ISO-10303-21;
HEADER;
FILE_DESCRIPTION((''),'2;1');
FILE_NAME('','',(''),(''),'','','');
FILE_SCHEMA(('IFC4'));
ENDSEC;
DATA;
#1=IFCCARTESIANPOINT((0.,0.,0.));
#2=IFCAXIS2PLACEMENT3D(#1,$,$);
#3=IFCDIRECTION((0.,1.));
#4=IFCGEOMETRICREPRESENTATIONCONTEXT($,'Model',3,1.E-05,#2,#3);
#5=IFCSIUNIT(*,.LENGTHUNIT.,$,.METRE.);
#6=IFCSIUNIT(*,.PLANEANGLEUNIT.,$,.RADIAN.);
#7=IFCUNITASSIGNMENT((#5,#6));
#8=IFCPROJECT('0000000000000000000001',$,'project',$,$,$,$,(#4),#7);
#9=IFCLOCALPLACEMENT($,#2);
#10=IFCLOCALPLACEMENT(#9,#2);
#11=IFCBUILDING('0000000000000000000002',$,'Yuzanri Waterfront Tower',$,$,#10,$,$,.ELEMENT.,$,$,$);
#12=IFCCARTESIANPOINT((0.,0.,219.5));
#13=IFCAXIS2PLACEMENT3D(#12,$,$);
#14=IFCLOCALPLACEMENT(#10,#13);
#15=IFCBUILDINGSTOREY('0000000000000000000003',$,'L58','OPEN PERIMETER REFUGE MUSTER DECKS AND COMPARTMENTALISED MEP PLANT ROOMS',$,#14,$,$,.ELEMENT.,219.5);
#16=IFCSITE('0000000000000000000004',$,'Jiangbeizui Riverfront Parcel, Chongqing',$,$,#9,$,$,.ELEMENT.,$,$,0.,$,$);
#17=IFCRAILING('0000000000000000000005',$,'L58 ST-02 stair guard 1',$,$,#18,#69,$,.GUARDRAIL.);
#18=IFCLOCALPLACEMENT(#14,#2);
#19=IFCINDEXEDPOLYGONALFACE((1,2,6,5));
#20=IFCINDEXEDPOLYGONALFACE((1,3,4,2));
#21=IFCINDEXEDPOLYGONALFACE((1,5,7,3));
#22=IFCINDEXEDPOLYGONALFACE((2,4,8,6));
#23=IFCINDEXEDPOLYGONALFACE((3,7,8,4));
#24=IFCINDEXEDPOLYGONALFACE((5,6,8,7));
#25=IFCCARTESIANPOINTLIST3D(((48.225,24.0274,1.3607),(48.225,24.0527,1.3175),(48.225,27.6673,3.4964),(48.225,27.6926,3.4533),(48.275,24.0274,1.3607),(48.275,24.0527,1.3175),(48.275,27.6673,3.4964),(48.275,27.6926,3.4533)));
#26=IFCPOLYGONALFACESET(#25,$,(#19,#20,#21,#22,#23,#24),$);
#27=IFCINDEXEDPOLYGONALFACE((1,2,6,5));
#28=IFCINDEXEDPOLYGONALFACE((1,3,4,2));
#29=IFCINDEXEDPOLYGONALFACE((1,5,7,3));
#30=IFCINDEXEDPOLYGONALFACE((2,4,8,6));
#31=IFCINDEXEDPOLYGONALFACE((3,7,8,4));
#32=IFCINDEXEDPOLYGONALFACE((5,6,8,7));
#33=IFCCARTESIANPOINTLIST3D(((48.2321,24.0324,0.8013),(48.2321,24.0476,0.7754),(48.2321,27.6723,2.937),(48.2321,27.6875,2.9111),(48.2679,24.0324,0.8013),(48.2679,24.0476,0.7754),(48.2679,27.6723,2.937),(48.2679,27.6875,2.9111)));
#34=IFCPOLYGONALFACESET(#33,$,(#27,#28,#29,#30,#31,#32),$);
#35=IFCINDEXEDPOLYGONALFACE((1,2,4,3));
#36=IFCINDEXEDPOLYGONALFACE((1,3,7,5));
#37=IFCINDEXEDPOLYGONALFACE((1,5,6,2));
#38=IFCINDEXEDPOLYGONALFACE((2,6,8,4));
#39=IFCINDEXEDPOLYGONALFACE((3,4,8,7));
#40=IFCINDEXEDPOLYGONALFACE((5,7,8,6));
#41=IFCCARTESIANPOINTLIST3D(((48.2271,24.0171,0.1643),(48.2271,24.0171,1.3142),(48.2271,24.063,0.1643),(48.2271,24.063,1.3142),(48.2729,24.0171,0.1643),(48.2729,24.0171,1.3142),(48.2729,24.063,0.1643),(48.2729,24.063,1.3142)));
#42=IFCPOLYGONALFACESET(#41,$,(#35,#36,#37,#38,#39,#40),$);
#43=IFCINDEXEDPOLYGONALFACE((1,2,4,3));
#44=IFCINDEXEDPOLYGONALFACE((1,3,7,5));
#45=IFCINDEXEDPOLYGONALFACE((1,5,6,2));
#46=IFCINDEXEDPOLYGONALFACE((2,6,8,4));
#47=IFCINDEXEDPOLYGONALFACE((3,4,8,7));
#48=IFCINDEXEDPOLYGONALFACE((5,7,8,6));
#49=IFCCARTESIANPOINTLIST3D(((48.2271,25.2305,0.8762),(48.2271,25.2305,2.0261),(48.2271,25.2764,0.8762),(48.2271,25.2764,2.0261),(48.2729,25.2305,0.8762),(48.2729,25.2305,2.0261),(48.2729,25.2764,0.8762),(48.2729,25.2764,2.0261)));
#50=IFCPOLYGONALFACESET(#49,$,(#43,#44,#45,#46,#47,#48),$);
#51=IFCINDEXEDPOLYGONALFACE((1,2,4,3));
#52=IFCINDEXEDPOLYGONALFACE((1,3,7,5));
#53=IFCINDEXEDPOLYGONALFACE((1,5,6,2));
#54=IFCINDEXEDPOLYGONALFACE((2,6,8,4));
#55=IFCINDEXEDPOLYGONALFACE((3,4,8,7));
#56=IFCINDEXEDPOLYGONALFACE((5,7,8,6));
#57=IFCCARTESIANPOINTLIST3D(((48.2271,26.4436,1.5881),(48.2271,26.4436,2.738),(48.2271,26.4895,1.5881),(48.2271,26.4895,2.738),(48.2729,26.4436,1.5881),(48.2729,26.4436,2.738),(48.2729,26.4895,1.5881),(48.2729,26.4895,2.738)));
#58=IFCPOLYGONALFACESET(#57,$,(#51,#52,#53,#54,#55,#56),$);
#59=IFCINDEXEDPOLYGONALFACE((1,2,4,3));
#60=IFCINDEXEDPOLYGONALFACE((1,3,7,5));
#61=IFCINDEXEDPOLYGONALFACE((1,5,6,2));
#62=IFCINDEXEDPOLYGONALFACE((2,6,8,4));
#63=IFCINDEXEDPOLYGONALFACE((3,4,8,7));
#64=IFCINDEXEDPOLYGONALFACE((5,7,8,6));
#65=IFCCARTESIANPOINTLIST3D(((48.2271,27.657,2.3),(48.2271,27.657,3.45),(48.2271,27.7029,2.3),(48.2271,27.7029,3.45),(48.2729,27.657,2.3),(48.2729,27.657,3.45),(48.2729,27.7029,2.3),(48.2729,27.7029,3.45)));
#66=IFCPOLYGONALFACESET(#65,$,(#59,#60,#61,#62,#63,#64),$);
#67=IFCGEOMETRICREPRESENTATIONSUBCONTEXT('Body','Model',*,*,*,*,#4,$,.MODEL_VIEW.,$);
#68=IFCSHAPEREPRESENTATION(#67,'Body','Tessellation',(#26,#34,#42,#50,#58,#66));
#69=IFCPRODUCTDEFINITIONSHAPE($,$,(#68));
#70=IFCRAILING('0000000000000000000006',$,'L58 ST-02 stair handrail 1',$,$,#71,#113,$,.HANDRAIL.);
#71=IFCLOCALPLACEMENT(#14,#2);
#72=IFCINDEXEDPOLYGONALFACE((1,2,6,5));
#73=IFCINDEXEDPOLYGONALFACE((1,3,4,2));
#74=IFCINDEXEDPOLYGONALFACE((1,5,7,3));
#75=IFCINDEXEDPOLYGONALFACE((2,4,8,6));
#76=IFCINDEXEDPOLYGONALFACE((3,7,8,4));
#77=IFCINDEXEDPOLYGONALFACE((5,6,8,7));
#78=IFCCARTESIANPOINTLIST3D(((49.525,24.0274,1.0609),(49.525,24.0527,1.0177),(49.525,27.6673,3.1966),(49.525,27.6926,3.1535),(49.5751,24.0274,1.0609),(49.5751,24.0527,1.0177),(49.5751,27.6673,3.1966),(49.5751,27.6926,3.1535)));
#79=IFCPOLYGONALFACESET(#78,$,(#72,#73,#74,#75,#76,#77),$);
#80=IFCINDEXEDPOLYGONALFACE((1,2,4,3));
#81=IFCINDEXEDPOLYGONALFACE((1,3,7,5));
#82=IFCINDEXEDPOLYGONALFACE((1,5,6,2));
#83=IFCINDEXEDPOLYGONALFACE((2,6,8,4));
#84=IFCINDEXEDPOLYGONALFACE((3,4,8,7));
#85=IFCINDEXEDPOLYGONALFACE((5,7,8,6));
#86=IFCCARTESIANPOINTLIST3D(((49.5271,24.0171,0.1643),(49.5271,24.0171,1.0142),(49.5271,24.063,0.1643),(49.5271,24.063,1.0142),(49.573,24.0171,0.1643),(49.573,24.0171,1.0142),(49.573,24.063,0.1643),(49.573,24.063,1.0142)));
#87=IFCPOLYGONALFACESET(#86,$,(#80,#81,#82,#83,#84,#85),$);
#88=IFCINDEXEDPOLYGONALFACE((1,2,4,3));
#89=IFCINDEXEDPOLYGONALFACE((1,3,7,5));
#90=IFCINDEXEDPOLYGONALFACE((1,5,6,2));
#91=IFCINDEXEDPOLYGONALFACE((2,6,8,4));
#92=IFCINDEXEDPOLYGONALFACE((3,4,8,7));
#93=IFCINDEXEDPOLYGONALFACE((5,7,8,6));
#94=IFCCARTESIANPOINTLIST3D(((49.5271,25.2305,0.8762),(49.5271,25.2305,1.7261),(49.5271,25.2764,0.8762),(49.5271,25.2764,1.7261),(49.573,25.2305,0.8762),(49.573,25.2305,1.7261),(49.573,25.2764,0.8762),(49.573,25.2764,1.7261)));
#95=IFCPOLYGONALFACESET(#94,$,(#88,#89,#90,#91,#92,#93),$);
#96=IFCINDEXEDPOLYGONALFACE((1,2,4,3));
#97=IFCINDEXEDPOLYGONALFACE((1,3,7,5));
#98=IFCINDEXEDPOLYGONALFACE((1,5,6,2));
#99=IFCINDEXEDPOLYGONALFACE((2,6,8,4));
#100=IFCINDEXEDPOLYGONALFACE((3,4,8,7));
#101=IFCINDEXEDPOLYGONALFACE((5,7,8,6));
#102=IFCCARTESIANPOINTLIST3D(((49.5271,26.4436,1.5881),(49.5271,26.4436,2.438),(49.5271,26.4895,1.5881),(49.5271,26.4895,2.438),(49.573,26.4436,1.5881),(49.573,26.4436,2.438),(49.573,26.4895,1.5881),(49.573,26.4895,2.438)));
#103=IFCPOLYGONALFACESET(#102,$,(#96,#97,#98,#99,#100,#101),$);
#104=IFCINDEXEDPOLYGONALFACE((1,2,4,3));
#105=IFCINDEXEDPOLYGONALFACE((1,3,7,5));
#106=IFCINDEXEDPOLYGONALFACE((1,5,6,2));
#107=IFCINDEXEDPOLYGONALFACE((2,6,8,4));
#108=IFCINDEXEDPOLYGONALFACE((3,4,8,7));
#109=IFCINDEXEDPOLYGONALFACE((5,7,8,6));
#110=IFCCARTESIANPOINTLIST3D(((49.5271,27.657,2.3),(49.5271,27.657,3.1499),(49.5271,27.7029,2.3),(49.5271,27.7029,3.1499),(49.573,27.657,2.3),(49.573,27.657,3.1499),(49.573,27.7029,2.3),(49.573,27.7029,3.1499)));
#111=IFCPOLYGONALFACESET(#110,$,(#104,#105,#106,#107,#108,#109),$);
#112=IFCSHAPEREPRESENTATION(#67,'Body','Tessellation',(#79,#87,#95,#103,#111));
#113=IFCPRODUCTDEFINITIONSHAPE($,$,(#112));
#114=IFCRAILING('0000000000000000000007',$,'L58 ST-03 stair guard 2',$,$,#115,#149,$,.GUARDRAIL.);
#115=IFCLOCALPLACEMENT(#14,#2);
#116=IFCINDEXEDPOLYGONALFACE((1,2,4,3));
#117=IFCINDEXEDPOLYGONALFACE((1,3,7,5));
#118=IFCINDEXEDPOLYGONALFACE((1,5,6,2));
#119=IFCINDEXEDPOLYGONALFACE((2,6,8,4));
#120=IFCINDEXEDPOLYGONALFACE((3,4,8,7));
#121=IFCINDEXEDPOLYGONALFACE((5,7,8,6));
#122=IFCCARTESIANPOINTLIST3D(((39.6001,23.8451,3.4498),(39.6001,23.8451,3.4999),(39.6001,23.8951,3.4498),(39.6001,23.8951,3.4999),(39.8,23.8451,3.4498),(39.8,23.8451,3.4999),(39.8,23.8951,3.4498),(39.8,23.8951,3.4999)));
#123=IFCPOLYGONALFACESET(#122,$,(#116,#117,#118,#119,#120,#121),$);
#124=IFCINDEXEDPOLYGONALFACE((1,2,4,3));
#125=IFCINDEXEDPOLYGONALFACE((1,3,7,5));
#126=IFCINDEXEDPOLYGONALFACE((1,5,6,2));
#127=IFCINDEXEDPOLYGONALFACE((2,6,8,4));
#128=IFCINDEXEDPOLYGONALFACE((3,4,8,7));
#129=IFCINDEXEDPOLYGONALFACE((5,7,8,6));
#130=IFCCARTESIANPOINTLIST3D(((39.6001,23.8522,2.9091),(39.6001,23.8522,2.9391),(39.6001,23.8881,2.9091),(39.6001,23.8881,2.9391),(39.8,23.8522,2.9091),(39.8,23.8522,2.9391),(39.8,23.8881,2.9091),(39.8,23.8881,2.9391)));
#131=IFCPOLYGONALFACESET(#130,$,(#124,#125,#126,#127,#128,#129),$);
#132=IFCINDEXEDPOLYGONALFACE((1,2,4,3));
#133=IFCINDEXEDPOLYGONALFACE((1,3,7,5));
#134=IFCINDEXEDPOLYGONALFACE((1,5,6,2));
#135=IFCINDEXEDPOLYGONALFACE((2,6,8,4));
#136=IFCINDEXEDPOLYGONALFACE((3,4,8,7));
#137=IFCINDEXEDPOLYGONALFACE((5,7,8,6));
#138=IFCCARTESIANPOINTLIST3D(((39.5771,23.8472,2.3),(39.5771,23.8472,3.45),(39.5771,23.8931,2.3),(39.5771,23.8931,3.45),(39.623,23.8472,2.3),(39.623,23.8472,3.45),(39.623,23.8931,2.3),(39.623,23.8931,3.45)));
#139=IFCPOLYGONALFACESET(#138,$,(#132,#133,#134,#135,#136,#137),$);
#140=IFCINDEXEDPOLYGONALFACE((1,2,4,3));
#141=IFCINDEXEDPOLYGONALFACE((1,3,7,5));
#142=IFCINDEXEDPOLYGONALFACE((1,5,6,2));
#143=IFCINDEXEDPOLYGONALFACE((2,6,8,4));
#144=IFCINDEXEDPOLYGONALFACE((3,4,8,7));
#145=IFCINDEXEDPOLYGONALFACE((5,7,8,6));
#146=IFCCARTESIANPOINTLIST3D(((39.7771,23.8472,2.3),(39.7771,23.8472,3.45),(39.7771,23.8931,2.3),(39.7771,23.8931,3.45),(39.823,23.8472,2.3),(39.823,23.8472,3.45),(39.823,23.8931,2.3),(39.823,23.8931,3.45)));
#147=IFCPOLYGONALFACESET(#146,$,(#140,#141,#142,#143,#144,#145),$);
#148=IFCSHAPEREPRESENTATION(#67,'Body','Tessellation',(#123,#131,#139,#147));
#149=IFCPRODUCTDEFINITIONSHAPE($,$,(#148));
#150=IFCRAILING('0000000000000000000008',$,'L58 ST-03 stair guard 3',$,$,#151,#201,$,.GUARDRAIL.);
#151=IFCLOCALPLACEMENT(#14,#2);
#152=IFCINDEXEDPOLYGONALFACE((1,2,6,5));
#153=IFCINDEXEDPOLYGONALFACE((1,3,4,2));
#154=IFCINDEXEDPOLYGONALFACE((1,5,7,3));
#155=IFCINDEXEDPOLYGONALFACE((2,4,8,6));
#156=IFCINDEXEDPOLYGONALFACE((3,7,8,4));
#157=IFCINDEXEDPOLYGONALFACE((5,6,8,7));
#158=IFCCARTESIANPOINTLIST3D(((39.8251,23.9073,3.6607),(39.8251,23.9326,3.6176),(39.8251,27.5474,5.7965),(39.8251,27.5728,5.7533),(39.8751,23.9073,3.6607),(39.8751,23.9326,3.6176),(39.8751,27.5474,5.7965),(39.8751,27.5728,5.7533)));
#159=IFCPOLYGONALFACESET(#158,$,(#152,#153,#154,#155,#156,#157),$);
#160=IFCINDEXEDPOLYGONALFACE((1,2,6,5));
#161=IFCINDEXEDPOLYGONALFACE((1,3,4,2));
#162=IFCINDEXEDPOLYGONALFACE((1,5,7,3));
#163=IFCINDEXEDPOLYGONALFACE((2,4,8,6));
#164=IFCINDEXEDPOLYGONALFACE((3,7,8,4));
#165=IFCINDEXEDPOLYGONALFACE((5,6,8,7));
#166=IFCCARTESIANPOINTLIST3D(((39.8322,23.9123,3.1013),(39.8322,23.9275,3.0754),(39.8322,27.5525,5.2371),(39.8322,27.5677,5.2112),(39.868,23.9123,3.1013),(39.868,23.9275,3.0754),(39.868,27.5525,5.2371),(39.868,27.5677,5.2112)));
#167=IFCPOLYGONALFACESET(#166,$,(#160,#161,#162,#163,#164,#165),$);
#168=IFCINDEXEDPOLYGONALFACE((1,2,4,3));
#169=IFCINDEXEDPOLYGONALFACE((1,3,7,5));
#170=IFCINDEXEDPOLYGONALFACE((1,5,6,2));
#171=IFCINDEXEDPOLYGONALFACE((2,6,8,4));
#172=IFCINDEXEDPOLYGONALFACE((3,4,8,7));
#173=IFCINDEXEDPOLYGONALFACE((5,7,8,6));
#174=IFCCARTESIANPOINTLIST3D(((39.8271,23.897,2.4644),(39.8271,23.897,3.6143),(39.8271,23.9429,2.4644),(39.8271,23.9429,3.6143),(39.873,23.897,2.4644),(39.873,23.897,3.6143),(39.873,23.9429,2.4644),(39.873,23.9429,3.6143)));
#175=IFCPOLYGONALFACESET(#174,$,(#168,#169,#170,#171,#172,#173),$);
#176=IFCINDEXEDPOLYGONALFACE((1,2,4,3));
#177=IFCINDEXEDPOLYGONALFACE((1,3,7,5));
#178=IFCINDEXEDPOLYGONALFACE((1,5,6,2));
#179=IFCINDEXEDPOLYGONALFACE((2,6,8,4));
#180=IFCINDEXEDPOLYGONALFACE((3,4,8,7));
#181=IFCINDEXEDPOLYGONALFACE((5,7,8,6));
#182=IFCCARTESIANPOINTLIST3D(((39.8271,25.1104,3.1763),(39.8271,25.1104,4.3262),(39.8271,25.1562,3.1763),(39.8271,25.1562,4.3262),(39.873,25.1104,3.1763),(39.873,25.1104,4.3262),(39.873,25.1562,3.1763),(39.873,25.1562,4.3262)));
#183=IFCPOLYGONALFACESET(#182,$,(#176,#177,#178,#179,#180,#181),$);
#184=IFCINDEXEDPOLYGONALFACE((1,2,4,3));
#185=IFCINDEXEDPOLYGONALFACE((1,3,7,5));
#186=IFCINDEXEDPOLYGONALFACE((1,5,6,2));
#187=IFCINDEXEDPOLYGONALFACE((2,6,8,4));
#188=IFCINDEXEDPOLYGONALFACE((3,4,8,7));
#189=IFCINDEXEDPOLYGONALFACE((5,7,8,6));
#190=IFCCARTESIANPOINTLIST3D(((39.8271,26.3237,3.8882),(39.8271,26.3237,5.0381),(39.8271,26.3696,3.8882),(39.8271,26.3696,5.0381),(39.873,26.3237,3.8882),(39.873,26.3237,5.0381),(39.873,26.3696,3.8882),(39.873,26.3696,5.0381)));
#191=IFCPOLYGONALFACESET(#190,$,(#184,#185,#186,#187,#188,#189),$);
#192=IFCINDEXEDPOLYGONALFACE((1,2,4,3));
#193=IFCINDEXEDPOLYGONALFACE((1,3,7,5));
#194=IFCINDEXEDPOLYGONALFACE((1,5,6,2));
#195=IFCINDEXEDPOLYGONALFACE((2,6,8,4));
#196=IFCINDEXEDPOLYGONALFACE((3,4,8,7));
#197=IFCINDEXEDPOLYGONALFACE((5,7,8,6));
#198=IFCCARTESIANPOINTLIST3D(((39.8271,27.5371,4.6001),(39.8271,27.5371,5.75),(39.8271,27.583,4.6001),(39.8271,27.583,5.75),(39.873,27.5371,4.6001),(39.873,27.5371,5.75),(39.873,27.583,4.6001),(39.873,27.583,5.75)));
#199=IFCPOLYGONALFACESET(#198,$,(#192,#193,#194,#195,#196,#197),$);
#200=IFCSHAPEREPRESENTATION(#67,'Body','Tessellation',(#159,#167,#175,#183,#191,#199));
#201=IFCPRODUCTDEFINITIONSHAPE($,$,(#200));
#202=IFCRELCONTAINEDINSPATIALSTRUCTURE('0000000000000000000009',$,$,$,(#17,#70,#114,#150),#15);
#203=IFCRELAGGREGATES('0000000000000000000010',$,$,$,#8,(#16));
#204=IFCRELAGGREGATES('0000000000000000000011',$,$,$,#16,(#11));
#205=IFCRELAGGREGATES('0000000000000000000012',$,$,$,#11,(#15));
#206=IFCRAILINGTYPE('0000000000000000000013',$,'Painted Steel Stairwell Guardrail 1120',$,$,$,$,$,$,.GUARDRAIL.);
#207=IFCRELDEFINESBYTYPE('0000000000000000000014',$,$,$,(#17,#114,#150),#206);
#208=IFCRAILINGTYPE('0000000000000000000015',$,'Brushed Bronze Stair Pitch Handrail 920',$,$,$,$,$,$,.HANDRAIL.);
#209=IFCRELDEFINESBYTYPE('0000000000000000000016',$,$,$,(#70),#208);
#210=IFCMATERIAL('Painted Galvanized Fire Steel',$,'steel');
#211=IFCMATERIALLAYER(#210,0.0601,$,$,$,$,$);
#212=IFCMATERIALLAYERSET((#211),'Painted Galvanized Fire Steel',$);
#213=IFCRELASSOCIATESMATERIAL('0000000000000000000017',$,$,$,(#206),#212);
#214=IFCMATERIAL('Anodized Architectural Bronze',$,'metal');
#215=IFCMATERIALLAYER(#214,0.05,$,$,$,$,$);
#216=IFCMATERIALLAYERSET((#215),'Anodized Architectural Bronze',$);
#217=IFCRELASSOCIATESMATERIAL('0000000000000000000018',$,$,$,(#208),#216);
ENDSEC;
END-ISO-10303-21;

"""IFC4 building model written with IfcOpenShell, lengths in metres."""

from ifc_helpers import new_model, si_unit, direction, frame, origin, origin_2d, place, context, subcontext, project, spatial, rectangle, extrude, source, transform, mapped, material, layer, layer_set, type_object, element, save


model = new_model("IFC4")

# Units and contexts
model_context = context("Model", 3, precision=1e-05, world=origin(), true_north=direction((0.0, 1.0)))
body_context = subcontext(model_context, "Body", "Model", "MODEL_VIEW")
ifc_project = project(units=[si_unit("LENGTHUNIT", "METRE"), si_unit("PLANEANGLEUNIT", "RADIAN")], contexts=[model_context])

# Site, building, storey
site_placement = place(None, origin())
site = spatial("IfcSite", under=ifc_project, at=site_placement, Name="Jiangbeizui Riverfront Parcel, Chongqing", CompositionType="ELEMENT", RefElevation=0.0)
building_placement = place(site_placement, origin())
building = spatial("IfcBuilding", under=site, at=building_placement, Name="Yuzanri Waterfront Tower", CompositionType="ELEMENT")
storey_placement = place(building_placement, frame((0.0, 0.0, 219.5)))
storey = spatial("IfcBuildingStorey", under=building, at=storey_placement, Name="L58", Description="OPEN PERIMETER REFUGE MUSTER DECKS AND COMPARTMENTALISED MEP PLANT ROOMS", CompositionType="ELEMENT", Elevation=219.5)

# Railings
ifc_material_1 = material(Name="Painted Galvanized Fire Steel", Category="steel")
ifc_layer_1 = layer(ifc_material_1, 0.0601)
ifc_layer_set_1 = layer_set([ifc_layer_1], Name="Painted Galvanized Fire Steel")
railing_type_1 = type_object("IfcRailingType", Name="Painted Steel Stairwell Guardrail 1120", PredefinedType="GUARDRAIL", material=ifc_layer_set_1)
shared_shape_1 = source(origin(), body_context, "Body", "SweptSolid", [
    extrude(rectangle(XDim=0.05, YDim=0.05, at=origin_2d()), frame((0.0, 0.0, 1.1748), z_axis=(0.0, 0.86249, 0.506074), x_axis=(-1.0, 0.0, 0.0)), (0.0, 0.0, 1.0), 4.2202),
    extrude(rectangle(XDim=0.0359, YDim=0.03, at=origin_2d()), frame((0.0, 0.0, 0.624), z_axis=(0.0, 0.86249, 0.506074), x_axis=(-1.0, 0.0, 0.0)), (0.0, 0.0, 1.0), 4.2202),
    extrude(rectangle(XDim=0.0459, YDim=0.0459, at=origin_2d()), origin(), (0.0, 0.0, 1.0), 1.1499),
    extrude(rectangle(XDim=0.0459, YDim=0.0459, at=origin_2d()), frame((0.0, 1.2134, 0.7119)), (0.0, 0.0, 1.0), 1.1499),
    extrude(rectangle(XDim=0.0459, YDim=0.0459, at=origin_2d()), frame((0.0, 2.4265, 1.4238)), (0.0, 0.0, 1.0), 1.1499),
    extrude(rectangle(XDim=0.0459, YDim=0.0459, at=origin_2d()), frame((0.0, 3.6399, 2.1357)), (0.0, 0.0, 1.0), 1.1499),
])
railing_1_placement = place(storey_placement, frame((48.25, 24.04, 0.1643)))
element("IfcRailing", 1, at=railing_1_placement, inside=storey, type_object=railing_type_1, Name="L58 ST-02 stair guard 1", PredefinedType="GUARDRAIL", context=body_context, shape_type="MappedRepresentation", body=[
    mapped(shared_shape_1, transform((0.0, 0.0, 0.0), scale=1.0)),
])
ifc_material_2 = material(Name="Anodized Architectural Bronze", Category="metal")
ifc_layer_2 = layer(ifc_material_2, 0.05)
ifc_layer_set_2 = layer_set([ifc_layer_2], Name="Anodized Architectural Bronze")
railing_type_2 = type_object("IfcRailingType", Name="Brushed Bronze Stair Pitch Handrail 920", PredefinedType="HANDRAIL", material=ifc_layer_set_2)
shared_shape_2 = source(origin(), body_context, "Body", "SweptSolid", [
    extrude(rectangle(XDim=0.05, YDim=0.05, at=origin_2d()), frame((0.0, 0.0, 0.875), z_axis=(0.0, 0.86249, 0.506074), x_axis=(-1.0, 0.0, 0.0)), (0.0, 0.0, 1.0), 4.2202),
    extrude(rectangle(XDim=0.0459, YDim=0.0459, at=origin_2d()), origin(), (0.0, 0.0, 1.0), 0.8499),
    extrude(rectangle(XDim=0.0459, YDim=0.0459, at=origin_2d()), frame((0.0, 1.2134, 0.7119)), (0.0, 0.0, 1.0), 0.8499),
    extrude(rectangle(XDim=0.0459, YDim=0.0459, at=origin_2d()), frame((0.0, 2.4265, 1.4238)), (0.0, 0.0, 1.0), 0.8499),
    extrude(rectangle(XDim=0.0459, YDim=0.0459, at=origin_2d()), frame((0.0, 3.6399, 2.1357)), (0.0, 0.0, 1.0), 0.8499),
])
railing_2_placement = place(storey_placement, frame((49.55, 24.04, 0.1643)))
element("IfcRailing", 2, at=railing_2_placement, inside=storey, type_object=railing_type_2, Name="L58 ST-02 stair handrail 1", PredefinedType="HANDRAIL", context=body_context, shape_type="MappedRepresentation", body=[
    mapped(shared_shape_2, transform((0.0, 0.0, 0.0), scale=1.0)),
])
shared_shape_3 = source(origin(), body_context, "Body", "SweptSolid", [
    extrude(rectangle(XDim=0.05, YDim=0.05, at=origin_2d()), frame((0.0, 0.0, 1.1748), z_axis=(1.0, 0.0, 0.0), x_axis=(0.0, 1.0, 0.0)), (0.0, 0.0, 1.0), 0.2),
    extrude(rectangle(XDim=0.0359, YDim=0.03, at=origin_2d()), frame((0.0, 0.0, 0.624), z_axis=(1.0, 0.0, 0.0), x_axis=(0.0, 1.0, 0.0)), (0.0, 0.0, 1.0), 0.2),
    extrude(rectangle(XDim=0.0459, YDim=0.0459, at=origin_2d()), origin(), (0.0, 0.0, 1.0), 1.1499),
    extrude(rectangle(XDim=0.0459, YDim=0.0459, at=origin_2d()), frame((0.2, 0.0, 0.0)), (0.0, 0.0, 1.0), 1.1499),
])
railing_3_placement = place(storey_placement, frame((39.6001, 23.8701, 2.3)))
element("IfcRailing", 3, at=railing_3_placement, inside=storey, type_object=railing_type_1, Name="L58 ST-03 stair guard 2", PredefinedType="GUARDRAIL", context=body_context, shape_type="MappedRepresentation", body=[
    mapped(shared_shape_3, transform((0.0, 0.0, 0.0), scale=1.0)),
])
shared_shape_4 = source(origin(), body_context, "Body", "SweptSolid", [
    extrude(rectangle(XDim=0.05, YDim=0.05, at=origin_2d()), frame((0.0, 0.0, 1.1748), z_axis=(0.0, 0.862505, 0.506049), x_axis=(-1.0, 0.0, 0.0)), (0.0, 0.0, 1.0), 4.2205),
    extrude(rectangle(XDim=0.0359, YDim=0.03, at=origin_2d()), frame((0.0, 0.0, 0.624), z_axis=(0.0, 0.862505, 0.506049), x_axis=(-1.0, 0.0, 0.0)), (0.0, 0.0, 1.0), 4.2205),
    extrude(rectangle(XDim=0.0459, YDim=0.0459, at=origin_2d()), origin(), (0.0, 0.0, 1.0), 1.1499),
    extrude(rectangle(XDim=0.0459, YDim=0.0459, at=origin_2d()), frame((0.0, 1.2134, 0.7119)), (0.0, 0.0, 1.0), 1.1499),
    extrude(rectangle(XDim=0.0459, YDim=0.0459, at=origin_2d()), frame((0.0, 2.4268, 1.4238)), (0.0, 0.0, 1.0), 1.1499),
    extrude(rectangle(XDim=0.0459, YDim=0.0459, at=origin_2d()), frame((0.0, 3.6401, 2.1357)), (0.0, 0.0, 1.0), 1.1499),
])
railing_4_placement = place(storey_placement, frame((39.8501, 23.9199, 2.4644)))
element("IfcRailing", 4, at=railing_4_placement, inside=storey, type_object=railing_type_1, Name="L58 ST-03 stair guard 3", PredefinedType="GUARDRAIL", context=body_context, shape_type="MappedRepresentation", body=[
    mapped(shared_shape_4, transform((0.0, 0.0, 0.0), scale=1.0)),
])

save(model, "model.ifc")
